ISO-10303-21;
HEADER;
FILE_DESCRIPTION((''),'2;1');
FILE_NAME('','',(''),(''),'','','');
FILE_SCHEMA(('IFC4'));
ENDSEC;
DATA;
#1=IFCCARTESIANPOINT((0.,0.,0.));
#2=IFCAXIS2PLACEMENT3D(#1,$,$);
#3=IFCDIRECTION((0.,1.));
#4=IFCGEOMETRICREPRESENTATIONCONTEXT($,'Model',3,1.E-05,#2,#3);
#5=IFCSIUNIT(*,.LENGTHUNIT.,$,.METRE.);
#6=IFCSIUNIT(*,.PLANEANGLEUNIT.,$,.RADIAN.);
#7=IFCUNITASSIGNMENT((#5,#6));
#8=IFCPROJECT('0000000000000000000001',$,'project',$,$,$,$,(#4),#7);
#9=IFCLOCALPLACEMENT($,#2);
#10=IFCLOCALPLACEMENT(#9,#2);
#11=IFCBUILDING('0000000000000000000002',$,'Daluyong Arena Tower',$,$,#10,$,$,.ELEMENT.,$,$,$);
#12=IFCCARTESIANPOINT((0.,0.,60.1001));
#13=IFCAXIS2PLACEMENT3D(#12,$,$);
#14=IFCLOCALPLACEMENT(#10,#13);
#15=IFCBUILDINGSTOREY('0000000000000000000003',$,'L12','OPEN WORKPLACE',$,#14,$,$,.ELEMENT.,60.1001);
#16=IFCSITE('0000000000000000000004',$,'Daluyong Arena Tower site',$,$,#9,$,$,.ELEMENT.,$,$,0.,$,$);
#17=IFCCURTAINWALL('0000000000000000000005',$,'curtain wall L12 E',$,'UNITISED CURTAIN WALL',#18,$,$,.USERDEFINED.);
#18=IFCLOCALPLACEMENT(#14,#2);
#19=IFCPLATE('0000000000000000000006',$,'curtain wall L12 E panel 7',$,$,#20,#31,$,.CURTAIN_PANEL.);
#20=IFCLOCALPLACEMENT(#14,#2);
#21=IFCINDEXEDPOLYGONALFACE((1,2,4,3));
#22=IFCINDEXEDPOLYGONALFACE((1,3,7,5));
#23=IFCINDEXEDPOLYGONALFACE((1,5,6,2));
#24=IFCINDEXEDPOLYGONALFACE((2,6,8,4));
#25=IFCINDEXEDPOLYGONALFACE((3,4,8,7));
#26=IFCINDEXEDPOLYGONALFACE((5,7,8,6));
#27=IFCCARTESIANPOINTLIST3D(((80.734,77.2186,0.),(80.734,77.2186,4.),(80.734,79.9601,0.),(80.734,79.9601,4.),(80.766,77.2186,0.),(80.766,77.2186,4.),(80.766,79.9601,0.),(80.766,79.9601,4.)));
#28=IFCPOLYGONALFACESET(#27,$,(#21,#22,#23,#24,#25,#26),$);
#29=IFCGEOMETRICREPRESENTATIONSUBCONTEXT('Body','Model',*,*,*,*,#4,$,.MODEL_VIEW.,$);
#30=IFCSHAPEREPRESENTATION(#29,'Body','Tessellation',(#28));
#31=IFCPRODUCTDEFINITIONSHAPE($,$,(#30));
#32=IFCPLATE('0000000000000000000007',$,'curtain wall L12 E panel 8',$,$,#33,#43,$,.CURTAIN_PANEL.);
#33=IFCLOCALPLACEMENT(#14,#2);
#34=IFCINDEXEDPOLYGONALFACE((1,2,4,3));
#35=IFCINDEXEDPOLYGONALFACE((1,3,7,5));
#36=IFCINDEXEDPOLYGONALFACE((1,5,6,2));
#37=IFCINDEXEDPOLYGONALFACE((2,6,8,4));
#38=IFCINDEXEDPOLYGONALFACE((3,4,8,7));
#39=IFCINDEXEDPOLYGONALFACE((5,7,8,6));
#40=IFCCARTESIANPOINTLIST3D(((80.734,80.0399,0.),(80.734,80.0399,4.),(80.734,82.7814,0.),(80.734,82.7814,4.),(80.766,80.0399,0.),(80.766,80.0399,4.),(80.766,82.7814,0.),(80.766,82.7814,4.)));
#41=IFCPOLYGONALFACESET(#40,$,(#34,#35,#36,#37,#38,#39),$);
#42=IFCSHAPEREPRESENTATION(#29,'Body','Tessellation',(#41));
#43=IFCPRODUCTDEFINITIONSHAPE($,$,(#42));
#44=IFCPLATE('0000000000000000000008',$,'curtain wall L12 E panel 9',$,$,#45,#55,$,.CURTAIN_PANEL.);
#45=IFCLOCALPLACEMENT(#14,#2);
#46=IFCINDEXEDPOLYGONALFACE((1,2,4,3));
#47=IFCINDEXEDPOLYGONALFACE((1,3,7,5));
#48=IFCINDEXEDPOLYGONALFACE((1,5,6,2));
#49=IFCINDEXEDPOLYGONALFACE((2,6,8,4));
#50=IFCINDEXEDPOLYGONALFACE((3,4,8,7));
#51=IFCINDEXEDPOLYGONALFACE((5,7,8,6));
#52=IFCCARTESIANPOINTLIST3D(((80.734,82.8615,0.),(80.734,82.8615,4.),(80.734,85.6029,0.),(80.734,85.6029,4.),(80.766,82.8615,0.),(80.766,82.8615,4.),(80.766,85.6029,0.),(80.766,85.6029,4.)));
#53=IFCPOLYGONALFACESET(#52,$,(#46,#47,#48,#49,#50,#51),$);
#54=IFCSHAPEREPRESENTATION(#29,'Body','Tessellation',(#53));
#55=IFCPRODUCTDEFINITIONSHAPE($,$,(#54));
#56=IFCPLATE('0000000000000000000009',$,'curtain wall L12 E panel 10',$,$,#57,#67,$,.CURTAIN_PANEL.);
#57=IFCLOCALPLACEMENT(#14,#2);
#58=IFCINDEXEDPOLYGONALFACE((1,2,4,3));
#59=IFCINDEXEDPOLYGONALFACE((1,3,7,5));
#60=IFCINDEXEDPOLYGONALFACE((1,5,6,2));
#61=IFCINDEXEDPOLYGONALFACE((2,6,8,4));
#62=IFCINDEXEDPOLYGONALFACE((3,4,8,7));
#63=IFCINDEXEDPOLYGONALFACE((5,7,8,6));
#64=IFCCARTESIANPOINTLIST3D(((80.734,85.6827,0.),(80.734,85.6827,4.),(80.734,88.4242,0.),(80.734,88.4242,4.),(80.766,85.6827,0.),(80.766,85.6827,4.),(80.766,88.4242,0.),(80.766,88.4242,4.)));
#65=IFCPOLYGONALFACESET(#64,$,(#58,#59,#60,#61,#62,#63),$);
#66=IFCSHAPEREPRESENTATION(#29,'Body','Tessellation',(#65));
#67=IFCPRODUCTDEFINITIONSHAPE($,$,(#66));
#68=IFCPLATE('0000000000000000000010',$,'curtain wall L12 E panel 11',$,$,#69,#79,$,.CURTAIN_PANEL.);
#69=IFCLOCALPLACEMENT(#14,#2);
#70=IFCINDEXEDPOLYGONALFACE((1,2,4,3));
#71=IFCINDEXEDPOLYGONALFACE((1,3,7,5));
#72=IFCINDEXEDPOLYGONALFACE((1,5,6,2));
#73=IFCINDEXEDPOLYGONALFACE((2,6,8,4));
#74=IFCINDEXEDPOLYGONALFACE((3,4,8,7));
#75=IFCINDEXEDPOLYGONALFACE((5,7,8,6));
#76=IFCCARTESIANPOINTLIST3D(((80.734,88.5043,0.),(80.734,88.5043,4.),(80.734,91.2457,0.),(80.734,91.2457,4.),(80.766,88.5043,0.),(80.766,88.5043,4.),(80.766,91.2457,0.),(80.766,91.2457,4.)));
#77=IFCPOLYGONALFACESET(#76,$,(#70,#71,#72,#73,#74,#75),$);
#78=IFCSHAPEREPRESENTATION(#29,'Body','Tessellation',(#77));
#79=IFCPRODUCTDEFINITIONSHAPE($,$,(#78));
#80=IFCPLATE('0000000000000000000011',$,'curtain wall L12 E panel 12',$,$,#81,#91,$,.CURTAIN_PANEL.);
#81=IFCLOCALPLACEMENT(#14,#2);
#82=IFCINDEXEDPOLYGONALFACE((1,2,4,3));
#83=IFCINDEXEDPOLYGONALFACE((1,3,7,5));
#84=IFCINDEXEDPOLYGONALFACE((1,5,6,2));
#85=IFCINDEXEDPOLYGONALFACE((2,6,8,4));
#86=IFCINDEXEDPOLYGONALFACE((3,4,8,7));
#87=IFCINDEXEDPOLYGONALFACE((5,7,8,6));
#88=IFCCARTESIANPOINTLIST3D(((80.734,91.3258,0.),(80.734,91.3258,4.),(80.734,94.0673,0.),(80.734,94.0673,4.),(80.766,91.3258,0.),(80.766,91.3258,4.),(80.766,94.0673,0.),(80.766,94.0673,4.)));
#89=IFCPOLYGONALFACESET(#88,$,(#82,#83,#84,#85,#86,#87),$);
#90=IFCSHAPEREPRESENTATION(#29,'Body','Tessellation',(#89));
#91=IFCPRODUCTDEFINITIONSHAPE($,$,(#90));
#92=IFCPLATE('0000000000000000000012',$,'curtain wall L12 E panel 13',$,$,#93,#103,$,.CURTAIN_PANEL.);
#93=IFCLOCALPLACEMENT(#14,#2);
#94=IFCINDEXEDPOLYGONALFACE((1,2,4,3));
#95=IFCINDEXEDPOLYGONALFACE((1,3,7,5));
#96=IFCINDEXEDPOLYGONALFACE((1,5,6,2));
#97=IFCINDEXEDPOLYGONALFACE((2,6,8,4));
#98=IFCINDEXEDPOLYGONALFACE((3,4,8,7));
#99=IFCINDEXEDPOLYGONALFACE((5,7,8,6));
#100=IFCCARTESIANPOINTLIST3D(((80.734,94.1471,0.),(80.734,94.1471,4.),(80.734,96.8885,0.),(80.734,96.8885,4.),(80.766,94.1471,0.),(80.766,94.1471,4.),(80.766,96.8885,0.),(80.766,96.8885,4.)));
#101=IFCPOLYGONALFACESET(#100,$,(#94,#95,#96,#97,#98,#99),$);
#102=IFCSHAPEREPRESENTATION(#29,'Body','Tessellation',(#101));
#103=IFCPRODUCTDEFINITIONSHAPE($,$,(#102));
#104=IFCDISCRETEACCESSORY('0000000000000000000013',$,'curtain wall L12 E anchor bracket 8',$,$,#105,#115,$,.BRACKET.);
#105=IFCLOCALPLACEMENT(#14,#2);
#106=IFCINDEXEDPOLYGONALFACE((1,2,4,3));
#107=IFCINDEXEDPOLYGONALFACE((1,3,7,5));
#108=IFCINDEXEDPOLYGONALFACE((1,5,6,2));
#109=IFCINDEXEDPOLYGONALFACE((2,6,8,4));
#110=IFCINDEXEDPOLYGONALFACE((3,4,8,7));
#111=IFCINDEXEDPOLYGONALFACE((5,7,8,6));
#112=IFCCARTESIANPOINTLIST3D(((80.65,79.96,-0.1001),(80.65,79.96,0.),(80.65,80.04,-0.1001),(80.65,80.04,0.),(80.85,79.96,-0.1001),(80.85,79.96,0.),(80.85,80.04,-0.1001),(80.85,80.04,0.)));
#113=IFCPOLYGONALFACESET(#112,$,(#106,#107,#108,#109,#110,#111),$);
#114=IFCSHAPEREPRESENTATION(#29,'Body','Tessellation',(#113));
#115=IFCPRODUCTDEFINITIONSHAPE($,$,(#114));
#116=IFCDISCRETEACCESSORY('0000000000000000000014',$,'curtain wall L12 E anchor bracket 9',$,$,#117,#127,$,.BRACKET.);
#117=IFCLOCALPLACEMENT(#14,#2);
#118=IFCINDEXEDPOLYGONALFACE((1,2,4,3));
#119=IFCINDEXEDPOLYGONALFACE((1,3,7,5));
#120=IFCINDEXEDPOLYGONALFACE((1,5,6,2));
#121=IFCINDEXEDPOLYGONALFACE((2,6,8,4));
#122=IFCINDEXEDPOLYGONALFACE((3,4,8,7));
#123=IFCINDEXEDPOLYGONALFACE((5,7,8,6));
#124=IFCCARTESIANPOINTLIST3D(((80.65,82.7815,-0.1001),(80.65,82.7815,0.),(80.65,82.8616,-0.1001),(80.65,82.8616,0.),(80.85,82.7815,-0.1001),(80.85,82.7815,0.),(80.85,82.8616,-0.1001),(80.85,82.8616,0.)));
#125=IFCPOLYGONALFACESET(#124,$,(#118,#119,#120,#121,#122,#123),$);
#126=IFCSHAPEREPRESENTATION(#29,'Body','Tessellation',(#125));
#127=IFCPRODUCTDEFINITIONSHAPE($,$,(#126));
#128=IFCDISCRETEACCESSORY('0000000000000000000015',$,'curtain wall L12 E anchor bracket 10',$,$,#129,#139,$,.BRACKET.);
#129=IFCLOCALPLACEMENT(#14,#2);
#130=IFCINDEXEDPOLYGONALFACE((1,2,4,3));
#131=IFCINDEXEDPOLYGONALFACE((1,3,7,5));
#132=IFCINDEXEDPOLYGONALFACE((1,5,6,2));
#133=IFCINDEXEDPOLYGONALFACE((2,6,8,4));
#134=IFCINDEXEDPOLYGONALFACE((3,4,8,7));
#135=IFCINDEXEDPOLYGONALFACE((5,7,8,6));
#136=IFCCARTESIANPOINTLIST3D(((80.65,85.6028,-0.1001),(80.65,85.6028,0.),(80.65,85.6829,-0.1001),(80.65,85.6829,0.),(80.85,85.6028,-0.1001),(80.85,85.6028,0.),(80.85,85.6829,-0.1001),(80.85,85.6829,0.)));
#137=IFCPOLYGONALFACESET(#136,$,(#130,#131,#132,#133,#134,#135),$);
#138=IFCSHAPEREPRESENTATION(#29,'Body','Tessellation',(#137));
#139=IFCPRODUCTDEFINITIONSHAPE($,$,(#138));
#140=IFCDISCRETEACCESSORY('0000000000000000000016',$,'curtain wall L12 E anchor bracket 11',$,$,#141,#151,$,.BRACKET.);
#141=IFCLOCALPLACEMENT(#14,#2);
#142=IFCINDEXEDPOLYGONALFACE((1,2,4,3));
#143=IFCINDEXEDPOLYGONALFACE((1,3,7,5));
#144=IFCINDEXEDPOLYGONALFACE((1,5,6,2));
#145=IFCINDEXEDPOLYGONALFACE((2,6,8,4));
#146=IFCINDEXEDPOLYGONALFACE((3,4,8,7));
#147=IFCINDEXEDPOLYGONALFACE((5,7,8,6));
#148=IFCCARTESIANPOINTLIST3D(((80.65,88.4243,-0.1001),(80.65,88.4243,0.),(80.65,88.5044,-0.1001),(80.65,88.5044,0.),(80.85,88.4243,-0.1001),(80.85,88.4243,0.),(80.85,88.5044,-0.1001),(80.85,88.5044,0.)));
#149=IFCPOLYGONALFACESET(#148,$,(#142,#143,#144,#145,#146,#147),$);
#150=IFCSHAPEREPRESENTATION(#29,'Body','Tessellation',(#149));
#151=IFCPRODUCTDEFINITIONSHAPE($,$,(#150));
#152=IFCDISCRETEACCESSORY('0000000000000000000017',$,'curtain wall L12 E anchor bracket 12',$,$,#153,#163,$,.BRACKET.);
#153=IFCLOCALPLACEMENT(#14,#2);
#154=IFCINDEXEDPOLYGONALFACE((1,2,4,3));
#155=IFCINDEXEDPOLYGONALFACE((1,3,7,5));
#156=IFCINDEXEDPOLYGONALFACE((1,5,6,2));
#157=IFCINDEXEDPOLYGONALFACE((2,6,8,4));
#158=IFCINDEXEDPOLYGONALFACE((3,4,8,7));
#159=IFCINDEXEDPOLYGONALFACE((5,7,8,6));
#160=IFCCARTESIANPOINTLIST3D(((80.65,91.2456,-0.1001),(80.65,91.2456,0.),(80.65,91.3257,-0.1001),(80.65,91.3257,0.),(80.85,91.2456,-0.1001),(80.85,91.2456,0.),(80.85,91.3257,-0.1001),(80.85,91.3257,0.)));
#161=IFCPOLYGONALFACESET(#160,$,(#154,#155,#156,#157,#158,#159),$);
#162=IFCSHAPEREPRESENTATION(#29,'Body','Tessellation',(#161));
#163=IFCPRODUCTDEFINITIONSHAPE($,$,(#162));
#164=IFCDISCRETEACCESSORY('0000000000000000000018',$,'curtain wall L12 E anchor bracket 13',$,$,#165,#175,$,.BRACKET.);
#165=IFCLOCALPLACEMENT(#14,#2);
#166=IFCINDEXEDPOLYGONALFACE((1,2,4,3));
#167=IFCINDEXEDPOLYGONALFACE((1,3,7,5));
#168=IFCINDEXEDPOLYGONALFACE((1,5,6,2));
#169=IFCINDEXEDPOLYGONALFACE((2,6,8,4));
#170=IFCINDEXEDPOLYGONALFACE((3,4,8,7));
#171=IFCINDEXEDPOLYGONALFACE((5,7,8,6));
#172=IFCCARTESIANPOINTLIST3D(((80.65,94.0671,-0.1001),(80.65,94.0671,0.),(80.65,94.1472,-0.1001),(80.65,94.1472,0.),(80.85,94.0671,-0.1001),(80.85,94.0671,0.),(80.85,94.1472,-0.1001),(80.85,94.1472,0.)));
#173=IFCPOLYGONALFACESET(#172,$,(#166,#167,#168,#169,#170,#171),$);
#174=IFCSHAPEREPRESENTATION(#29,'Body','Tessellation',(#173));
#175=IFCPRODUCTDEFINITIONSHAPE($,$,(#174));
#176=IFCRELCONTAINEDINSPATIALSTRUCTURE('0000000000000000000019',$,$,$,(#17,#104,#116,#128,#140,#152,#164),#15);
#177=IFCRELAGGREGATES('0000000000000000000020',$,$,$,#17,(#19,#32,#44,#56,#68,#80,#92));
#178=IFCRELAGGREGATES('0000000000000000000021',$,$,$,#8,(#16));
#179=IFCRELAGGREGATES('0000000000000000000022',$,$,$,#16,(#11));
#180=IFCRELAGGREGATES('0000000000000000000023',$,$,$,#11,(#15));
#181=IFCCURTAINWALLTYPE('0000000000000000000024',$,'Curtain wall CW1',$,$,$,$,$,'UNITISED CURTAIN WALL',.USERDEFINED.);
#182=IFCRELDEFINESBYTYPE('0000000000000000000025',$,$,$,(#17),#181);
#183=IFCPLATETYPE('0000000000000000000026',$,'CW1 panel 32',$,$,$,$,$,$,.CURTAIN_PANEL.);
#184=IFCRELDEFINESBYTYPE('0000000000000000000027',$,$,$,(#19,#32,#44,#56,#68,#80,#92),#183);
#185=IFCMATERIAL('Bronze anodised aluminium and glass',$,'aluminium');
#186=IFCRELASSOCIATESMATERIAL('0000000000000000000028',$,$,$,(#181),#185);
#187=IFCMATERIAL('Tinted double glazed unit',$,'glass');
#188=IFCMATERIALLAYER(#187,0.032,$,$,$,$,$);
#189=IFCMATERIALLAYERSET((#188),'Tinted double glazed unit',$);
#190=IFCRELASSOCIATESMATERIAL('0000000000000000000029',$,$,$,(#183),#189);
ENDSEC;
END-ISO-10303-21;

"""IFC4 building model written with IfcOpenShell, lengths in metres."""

from ifc_helpers import new_model, si_unit, direction, frame, origin, origin_2d, place, context, subcontext, project, spatial, rectangle, extrude, material, layer, layer_set, type_object, element, aggregate, save


model = new_model("IFC4")

# Units and contexts
model_context = context("Model", 3, precision=1e-05, world=origin(), true_north=direction((0.0, 1.0)))
body_context = subcontext(model_context, "Body", "Model", "MODEL_VIEW")
ifc_project = project(units=[si_unit("LENGTHUNIT", "METRE"), si_unit("PLANEANGLEUNIT", "RADIAN")], contexts=[model_context])

# Site, building, storey
site_placement = place(None, origin())
site = spatial("IfcSite", under=ifc_project, at=site_placement, Name="Daluyong Arena Tower site", CompositionType="ELEMENT", RefElevation=0.0)
building_placement = place(site_placement, origin())
building = spatial("IfcBuilding", under=site, at=building_placement, Name="Daluyong Arena Tower", CompositionType="ELEMENT")
storey_placement = place(building_placement, frame((0.0, 0.0, 60.1001)))
storey = spatial("IfcBuildingStorey", under=building, at=storey_placement, Name="L12", Description="OPEN WORKPLACE", CompositionType="ELEMENT", Elevation=60.1001)

# Curtain wall
ifc_material_1 = material(Name="Bronze anodised aluminium and glass", Category="aluminium")
curtain_wall_type = type_object("IfcCurtainWallType", Name="Curtain wall CW1", ElementType="UNITISED CURTAIN WALL", PredefinedType="USERDEFINED", material=ifc_material_1)
curtain_wall_placement = place(storey_placement, origin())
curtain_wall = element("IfcCurtainWall", 1, at=curtain_wall_placement, inside=storey, type_object=curtain_wall_type, Name="curtain wall L12 E", ObjectType="UNITISED CURTAIN WALL", PredefinedType="USERDEFINED")

# Plates
ifc_material_2 = material(Name="Tinted double glazed unit", Category="glass")
ifc_layer = layer(ifc_material_2, 0.032)
ifc_layer_set = layer_set([ifc_layer], Name="Tinted double glazed unit")
plate_type = type_object("IfcPlateType", Name="CW1 panel 32", PredefinedType="CURTAIN_PANEL", material=ifc_layer_set)
plate_1_placement = place(storey_placement, frame((80.75, 78.5894, 0.0), z_axis=(0.0, 0.0, 1.0), x_axis=(0.0, 1.0, 0.0)))
plate_1 = element("IfcPlate", 2, at=plate_1_placement, type_object=plate_type, Name="curtain wall L12 E panel 7", PredefinedType="CURTAIN_PANEL", context=body_context, shape_type="SweptSolid", body=[
    extrude(rectangle(XDim=2.7415, YDim=0.032, at=origin_2d()), origin(), (0.0, 0.0, 1.0), 4.0),
])
plate_2_placement = place(storey_placement, frame((80.75, 81.4106, 0.0), z_axis=(0.0, 0.0, 1.0), x_axis=(0.0, 1.0, 0.0)))
plate_2 = element("IfcPlate", 3, at=plate_2_placement, type_object=plate_type, Name="curtain wall L12 E panel 8", PredefinedType="CURTAIN_PANEL", context=body_context, shape_type="SweptSolid", body=[
    extrude(rectangle(XDim=2.7415, YDim=0.032, at=origin_2d()), origin(), (0.0, 0.0, 1.0), 4.0),
])
plate_3_placement = place(storey_placement, frame((80.75, 84.2322, 0.0), z_axis=(0.0, 0.0, 1.0), x_axis=(0.0, 1.0, 0.0)))
plate_3 = element("IfcPlate", 4, at=plate_3_placement, type_object=plate_type, Name="curtain wall L12 E panel 9", PredefinedType="CURTAIN_PANEL", context=body_context, shape_type="SweptSolid", body=[
    extrude(rectangle(XDim=2.7415, YDim=0.032, at=origin_2d()), origin(), (0.0, 0.0, 1.0), 4.0),
])
plate_4_placement = place(storey_placement, frame((80.75, 87.0535, 0.0), z_axis=(0.0, 0.0, 1.0), x_axis=(0.0, 1.0, 0.0)))
plate_4 = element("IfcPlate", 5, at=plate_4_placement, type_object=plate_type, Name="curtain wall L12 E panel 10", PredefinedType="CURTAIN_PANEL", context=body_context, shape_type="SweptSolid", body=[
    extrude(rectangle(XDim=2.7415, YDim=0.032, at=origin_2d()), origin(), (0.0, 0.0, 1.0), 4.0),
])
plate_5_placement = place(storey_placement, frame((80.75, 89.875, 0.0), z_axis=(0.0, 0.0, 1.0), x_axis=(0.0, 1.0, 0.0)))
plate_5 = element("IfcPlate", 6, at=plate_5_placement, type_object=plate_type, Name="curtain wall L12 E panel 11", PredefinedType="CURTAIN_PANEL", context=body_context, shape_type="SweptSolid", body=[
    extrude(rectangle(XDim=2.7415, YDim=0.032, at=origin_2d()), origin(), (0.0, 0.0, 1.0), 4.0),
])
plate_6_placement = place(storey_placement, frame((80.75, 92.6965, 0.0), z_axis=(0.0, 0.0, 1.0), x_axis=(0.0, 1.0, 0.0)))
plate_6 = element("IfcPlate", 7, at=plate_6_placement, type_object=plate_type, Name="curtain wall L12 E panel 12", PredefinedType="CURTAIN_PANEL", context=body_context, shape_type="SweptSolid", body=[
    extrude(rectangle(XDim=2.7415, YDim=0.032, at=origin_2d()), origin(), (0.0, 0.0, 1.0), 4.0),
])
plate_7_placement = place(storey_placement, frame((80.75, 95.5178, 0.0), z_axis=(0.0, 0.0, 1.0), x_axis=(0.0, 1.0, 0.0)))
plate_7 = element("IfcPlate", 8, at=plate_7_placement, type_object=plate_type, Name="curtain wall L12 E panel 13", PredefinedType="CURTAIN_PANEL", context=body_context, shape_type="SweptSolid", body=[
    extrude(rectangle(XDim=2.7415, YDim=0.032, at=origin_2d()), origin(), (0.0, 0.0, 1.0), 4.0),
])
aggregate(curtain_wall, [plate_1, plate_2, plate_3, plate_4, plate_5, plate_6, plate_7])

# Discrete accessories
for number, where, z_axis, x_axis, name in (
    (9, (80.75, 80.0, -0.1001), (0.0, 0.0, 1.0), (0.0, 1.0, 0.0), "curtain wall L12 E anchor bracket 8"),
    (10, (80.75, 82.8215, -0.1001), (0.0, 0.0, 1.0), (0.0, 1.0, 0.0), "curtain wall L12 E anchor bracket 9"),
    (11, (80.75, 85.6428, -0.1001), (0.0, 0.0, 1.0), (0.0, 1.0, 0.0), "curtain wall L12 E anchor bracket 10"),
    (12, (80.75, 88.4644, -0.1001), (0.0, 0.0, 1.0), (0.0, 1.0, 0.0), "curtain wall L12 E anchor bracket 11"),
    (13, (80.75, 91.2856, -0.1001), (0.0, 0.0, 1.0), (0.0, 1.0, 0.0), "curtain wall L12 E anchor bracket 12"),
    (14, (80.75, 94.1072, -0.1001), (0.0, 0.0, 1.0), (0.0, 1.0, 0.0), "curtain wall L12 E anchor bracket 13"),
):
    element("IfcDiscreteAccessory", number, at=place(storey_placement, frame(where, z_axis=z_axis, x_axis=x_axis)), inside=storey, Name=name, PredefinedType="BRACKET", context=body_context, shape_type="SweptSolid", body=[
        extrude(rectangle(XDim=0.0801, YDim=0.2, at=origin_2d()), origin(), (0.0, 0.0, 1.0), 0.1001),
    ])

save(model, "model.ifc")
